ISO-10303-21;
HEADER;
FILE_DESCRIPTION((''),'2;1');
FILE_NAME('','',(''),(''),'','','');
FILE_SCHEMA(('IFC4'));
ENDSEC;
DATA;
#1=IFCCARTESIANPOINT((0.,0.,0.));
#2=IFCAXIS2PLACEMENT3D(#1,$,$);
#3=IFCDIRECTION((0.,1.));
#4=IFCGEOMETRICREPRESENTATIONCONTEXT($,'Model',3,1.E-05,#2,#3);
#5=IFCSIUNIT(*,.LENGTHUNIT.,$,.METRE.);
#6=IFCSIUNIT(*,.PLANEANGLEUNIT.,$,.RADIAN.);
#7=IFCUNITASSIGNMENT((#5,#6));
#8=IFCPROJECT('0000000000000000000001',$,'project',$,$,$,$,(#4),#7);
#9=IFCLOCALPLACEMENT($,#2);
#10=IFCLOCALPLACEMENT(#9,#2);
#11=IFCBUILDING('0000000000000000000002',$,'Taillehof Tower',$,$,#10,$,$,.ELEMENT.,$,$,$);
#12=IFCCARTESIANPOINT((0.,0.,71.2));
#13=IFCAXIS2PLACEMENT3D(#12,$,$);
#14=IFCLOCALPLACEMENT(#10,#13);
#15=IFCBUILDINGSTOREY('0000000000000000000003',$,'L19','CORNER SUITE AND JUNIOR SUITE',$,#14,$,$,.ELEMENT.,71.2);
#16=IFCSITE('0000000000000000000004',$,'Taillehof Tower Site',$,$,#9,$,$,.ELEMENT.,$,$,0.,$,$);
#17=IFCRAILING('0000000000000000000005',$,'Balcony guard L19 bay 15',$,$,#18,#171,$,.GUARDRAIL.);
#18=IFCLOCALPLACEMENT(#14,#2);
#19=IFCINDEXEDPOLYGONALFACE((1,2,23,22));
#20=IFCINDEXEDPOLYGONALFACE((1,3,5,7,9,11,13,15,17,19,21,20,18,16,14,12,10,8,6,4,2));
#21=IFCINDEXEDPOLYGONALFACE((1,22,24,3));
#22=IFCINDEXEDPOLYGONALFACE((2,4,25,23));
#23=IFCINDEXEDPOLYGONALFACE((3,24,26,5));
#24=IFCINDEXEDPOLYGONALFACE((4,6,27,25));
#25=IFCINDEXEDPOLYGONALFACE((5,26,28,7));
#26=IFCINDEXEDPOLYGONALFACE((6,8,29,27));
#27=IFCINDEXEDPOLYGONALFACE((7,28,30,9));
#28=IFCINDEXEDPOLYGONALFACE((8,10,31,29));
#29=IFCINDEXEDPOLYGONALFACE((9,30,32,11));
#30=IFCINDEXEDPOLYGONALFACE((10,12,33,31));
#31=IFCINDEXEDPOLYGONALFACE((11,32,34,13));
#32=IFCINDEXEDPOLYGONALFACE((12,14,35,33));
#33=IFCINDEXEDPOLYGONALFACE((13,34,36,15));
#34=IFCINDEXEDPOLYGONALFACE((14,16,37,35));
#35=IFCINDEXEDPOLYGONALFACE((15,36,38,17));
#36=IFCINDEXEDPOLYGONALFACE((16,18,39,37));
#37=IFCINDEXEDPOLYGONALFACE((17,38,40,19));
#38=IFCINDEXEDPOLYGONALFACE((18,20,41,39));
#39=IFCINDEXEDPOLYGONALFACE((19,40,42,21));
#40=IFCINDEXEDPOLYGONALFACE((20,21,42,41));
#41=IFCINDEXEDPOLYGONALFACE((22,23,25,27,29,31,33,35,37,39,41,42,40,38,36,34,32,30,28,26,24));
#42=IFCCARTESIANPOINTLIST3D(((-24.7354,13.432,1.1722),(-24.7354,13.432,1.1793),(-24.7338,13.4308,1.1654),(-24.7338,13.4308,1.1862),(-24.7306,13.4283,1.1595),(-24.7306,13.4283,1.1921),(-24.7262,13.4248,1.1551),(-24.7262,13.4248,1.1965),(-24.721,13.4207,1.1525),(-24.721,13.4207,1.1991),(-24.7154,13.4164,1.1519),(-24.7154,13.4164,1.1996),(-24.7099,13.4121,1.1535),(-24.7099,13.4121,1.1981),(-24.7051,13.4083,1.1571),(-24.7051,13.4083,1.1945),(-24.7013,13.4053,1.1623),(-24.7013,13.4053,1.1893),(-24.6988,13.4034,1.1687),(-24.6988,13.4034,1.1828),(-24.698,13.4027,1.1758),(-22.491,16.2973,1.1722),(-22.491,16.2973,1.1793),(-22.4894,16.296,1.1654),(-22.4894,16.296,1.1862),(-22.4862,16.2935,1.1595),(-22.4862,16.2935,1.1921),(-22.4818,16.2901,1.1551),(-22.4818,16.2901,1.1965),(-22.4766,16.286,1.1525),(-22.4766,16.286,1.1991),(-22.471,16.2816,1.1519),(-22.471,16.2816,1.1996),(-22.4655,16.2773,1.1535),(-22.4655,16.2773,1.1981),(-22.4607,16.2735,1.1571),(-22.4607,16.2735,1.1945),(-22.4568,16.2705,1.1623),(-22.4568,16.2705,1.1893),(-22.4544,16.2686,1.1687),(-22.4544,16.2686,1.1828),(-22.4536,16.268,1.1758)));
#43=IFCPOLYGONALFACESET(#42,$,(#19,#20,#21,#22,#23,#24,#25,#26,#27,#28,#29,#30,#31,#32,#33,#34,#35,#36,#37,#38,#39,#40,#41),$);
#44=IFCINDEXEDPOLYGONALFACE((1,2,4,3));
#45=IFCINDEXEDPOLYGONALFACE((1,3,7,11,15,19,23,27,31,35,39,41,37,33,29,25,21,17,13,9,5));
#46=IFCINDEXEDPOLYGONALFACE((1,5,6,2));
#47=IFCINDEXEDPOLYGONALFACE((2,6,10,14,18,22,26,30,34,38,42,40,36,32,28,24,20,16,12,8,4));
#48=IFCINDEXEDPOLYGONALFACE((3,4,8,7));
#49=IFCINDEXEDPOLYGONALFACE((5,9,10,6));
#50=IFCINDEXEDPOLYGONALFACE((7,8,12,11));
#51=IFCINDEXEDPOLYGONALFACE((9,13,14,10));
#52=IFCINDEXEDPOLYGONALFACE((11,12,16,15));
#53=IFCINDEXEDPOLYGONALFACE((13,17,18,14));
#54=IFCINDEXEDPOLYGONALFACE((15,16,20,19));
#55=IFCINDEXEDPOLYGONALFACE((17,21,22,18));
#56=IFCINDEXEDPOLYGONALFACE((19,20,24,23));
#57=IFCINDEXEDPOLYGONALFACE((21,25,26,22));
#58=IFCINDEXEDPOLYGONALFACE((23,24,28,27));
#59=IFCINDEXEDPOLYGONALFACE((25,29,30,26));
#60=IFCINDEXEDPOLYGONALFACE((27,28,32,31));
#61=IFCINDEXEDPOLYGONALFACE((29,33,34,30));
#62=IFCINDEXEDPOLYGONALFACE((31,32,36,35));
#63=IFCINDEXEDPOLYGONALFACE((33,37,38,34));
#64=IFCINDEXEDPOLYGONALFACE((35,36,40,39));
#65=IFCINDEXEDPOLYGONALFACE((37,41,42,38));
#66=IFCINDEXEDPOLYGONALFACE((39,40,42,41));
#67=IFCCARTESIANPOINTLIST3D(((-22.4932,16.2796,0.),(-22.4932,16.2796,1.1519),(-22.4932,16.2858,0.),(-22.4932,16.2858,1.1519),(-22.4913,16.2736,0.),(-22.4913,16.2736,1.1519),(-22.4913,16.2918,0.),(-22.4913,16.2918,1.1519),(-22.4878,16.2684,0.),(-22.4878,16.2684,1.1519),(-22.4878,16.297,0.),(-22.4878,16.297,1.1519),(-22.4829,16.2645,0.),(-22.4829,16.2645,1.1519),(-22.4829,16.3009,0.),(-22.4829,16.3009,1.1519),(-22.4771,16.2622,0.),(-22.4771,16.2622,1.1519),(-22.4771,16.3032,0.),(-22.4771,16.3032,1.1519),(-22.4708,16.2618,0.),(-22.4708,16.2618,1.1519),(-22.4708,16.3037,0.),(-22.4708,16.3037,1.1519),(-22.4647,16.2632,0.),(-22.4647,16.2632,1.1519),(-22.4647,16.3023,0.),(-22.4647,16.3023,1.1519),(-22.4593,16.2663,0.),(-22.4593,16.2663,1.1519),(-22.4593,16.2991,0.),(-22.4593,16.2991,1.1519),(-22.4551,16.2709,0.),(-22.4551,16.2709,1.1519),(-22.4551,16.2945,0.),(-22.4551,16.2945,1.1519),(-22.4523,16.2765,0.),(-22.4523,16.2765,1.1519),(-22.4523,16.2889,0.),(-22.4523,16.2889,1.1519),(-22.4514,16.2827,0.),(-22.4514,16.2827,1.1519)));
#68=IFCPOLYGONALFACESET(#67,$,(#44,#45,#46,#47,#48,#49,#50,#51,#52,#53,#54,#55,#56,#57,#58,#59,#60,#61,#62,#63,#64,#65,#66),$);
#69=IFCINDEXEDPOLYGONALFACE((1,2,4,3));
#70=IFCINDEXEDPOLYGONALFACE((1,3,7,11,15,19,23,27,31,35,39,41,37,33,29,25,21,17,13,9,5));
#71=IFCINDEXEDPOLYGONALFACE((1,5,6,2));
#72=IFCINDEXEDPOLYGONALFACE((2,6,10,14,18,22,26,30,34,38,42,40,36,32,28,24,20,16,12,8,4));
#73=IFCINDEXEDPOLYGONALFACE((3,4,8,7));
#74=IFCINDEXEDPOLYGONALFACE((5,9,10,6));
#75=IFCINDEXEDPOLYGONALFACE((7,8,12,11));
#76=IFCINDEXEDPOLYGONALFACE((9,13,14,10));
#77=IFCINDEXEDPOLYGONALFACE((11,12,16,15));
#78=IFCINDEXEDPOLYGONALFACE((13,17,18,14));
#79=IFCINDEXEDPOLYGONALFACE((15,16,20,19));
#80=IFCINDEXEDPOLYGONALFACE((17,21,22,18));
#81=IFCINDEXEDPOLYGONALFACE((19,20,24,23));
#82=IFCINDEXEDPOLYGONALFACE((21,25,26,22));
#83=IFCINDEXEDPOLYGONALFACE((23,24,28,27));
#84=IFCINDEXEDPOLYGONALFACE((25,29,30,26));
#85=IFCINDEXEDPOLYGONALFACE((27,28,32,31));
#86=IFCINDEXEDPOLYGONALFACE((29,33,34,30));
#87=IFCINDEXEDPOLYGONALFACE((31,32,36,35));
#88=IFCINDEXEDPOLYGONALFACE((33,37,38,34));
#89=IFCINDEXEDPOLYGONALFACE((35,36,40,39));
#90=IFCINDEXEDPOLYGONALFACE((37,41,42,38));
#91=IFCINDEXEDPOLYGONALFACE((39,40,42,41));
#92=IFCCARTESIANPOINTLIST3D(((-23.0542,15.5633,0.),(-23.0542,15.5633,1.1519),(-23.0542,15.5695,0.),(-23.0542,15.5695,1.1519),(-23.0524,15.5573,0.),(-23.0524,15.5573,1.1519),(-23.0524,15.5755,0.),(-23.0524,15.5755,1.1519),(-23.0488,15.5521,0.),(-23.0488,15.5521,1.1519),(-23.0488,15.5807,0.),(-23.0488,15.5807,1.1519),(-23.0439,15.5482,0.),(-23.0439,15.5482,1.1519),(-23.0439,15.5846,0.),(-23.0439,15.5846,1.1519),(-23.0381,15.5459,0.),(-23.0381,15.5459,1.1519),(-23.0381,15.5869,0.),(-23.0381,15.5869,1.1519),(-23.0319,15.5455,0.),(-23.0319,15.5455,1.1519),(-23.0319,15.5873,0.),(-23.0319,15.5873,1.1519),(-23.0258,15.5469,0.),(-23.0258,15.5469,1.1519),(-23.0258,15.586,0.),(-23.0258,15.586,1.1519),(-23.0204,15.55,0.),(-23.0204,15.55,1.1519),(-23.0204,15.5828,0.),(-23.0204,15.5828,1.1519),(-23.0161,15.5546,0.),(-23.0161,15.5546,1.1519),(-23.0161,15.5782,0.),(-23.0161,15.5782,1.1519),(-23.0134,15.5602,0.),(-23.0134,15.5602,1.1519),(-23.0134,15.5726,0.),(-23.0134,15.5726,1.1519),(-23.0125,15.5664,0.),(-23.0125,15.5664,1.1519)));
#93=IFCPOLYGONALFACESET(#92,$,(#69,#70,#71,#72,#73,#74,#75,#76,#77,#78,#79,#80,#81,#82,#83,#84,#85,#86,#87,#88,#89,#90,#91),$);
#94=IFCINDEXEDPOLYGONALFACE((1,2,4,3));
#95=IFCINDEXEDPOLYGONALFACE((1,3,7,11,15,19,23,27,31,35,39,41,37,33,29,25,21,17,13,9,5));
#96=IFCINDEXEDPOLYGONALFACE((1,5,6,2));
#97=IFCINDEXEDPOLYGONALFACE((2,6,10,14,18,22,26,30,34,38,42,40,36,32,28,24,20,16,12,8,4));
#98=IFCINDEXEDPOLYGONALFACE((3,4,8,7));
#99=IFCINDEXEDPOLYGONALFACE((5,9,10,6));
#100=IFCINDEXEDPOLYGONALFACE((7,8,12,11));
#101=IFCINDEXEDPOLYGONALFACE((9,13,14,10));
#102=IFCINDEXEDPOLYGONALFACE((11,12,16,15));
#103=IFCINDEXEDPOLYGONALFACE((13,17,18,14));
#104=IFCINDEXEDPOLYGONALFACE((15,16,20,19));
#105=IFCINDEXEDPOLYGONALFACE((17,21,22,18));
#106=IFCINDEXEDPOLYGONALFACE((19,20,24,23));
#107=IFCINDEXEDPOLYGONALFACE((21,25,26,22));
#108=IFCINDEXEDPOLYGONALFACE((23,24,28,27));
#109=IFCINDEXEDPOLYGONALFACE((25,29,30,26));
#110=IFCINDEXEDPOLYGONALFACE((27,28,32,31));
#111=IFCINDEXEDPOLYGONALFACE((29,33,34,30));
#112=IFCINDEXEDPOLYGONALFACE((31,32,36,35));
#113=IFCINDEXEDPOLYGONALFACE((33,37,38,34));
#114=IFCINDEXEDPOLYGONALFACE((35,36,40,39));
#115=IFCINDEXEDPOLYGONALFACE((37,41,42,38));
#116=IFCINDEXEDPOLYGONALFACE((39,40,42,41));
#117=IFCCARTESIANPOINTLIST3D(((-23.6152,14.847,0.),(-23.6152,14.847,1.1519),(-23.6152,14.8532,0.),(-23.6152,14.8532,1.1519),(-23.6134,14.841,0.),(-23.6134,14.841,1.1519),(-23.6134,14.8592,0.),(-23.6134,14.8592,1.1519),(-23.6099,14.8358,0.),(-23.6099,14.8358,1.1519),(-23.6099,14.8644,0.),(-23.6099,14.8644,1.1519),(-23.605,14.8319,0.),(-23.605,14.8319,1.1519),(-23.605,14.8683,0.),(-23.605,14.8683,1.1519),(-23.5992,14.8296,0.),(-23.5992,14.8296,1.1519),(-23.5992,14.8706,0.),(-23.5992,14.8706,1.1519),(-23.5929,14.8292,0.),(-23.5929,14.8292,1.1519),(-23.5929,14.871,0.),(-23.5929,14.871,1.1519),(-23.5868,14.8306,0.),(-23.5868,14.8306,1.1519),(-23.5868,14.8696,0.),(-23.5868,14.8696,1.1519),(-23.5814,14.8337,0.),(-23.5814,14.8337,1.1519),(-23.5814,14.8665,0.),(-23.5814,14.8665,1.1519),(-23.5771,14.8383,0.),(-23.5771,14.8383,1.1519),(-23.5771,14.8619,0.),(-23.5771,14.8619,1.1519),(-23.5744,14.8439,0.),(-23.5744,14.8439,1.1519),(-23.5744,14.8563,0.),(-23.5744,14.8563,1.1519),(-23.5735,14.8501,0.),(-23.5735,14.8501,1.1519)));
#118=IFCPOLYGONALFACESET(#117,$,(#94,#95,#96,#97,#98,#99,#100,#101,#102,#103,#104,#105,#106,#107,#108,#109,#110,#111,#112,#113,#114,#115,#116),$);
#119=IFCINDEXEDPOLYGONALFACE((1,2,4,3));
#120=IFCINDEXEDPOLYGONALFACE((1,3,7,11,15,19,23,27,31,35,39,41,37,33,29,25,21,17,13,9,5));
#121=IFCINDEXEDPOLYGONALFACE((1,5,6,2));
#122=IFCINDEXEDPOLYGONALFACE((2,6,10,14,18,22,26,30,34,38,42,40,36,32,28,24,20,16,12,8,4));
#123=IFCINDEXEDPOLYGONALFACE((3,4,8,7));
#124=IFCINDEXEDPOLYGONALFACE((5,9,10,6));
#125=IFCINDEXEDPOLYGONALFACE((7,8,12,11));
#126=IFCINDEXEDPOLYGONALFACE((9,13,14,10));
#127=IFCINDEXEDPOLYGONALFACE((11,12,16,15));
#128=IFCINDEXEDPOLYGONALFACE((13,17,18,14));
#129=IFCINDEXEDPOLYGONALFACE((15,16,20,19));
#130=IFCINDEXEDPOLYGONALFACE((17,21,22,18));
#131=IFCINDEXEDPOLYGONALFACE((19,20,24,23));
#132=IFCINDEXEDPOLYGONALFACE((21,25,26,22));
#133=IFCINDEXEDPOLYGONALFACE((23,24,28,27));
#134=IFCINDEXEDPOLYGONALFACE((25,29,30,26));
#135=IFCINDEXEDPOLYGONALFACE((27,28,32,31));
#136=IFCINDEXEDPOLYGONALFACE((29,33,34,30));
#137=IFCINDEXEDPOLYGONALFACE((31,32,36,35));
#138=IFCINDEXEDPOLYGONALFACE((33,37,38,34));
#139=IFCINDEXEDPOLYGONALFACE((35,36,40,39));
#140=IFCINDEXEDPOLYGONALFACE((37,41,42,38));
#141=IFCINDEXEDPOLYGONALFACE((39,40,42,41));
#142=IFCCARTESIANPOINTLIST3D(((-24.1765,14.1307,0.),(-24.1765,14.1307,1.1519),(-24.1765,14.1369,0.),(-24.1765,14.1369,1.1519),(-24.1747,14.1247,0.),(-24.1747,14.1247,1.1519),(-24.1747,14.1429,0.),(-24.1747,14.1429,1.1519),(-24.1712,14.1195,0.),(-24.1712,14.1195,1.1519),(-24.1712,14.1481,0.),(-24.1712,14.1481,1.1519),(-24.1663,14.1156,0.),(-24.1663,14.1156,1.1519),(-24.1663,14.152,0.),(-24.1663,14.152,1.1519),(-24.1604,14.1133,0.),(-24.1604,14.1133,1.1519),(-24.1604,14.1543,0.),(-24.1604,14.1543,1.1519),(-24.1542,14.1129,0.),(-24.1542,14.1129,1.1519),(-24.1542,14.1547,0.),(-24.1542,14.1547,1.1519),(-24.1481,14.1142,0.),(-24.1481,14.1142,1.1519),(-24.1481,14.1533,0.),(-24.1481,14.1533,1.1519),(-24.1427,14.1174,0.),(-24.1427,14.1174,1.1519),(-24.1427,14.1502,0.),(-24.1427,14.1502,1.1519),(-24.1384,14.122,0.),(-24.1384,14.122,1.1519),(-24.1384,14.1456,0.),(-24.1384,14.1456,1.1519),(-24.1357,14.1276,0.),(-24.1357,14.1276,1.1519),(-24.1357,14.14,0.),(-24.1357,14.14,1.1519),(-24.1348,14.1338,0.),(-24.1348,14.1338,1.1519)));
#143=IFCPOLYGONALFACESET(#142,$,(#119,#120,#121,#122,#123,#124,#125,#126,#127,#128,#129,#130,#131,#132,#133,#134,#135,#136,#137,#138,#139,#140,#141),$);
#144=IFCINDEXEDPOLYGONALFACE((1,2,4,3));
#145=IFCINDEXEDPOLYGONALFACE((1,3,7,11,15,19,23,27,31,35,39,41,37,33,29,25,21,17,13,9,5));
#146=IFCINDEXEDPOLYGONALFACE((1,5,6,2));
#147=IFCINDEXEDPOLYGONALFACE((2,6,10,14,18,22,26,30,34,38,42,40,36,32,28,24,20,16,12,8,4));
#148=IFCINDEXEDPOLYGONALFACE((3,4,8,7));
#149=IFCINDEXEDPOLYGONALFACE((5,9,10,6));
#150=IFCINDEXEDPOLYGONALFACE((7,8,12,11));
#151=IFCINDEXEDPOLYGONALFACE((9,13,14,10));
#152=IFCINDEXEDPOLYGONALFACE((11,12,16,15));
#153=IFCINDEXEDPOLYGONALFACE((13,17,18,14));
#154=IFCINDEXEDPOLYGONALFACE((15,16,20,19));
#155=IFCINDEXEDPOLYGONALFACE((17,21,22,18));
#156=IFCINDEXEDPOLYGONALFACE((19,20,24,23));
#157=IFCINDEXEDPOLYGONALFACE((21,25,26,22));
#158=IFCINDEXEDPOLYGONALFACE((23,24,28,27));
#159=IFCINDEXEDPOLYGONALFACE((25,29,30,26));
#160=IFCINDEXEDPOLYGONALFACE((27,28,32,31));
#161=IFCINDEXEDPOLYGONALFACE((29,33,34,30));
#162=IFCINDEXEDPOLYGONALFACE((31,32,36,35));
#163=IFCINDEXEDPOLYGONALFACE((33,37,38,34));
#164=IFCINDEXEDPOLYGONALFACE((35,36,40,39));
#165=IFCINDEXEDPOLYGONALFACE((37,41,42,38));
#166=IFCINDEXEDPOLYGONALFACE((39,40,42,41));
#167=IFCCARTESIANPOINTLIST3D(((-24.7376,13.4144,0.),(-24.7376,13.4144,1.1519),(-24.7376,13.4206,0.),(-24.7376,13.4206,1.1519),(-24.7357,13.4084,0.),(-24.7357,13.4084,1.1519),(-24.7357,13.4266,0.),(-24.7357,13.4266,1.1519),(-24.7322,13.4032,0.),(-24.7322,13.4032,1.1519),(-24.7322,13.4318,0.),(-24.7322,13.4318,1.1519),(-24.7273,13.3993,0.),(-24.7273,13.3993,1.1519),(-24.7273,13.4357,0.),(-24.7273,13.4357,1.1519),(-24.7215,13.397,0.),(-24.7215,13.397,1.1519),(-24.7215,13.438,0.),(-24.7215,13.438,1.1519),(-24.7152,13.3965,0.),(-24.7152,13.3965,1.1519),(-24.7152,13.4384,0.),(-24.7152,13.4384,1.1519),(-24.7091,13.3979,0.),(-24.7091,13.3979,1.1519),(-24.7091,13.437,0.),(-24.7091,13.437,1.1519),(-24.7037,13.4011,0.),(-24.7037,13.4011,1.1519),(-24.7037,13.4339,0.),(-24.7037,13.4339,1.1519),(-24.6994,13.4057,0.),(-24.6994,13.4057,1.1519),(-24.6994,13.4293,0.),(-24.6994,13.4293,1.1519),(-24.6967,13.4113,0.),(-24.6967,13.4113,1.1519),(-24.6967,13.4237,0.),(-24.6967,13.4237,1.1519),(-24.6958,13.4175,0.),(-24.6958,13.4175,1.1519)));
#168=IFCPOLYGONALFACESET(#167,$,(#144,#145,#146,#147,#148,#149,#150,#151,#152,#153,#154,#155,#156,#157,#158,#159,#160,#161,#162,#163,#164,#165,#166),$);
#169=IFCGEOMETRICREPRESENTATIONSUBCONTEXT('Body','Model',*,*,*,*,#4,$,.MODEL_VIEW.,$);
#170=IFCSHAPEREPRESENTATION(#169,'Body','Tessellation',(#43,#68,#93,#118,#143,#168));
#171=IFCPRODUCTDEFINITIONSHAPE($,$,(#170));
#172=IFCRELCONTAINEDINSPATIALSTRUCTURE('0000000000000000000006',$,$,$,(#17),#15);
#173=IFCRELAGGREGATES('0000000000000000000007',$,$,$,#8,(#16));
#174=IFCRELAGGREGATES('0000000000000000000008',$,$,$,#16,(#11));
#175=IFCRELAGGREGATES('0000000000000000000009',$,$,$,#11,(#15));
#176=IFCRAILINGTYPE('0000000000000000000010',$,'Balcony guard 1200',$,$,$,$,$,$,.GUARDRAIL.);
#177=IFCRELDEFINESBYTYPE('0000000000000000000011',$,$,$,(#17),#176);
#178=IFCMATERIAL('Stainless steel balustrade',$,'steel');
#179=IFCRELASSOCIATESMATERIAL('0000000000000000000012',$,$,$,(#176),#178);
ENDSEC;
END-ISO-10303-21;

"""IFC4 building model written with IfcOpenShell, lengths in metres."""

from ifc_helpers import new_model, si_unit, direction, frame, origin, origin_2d, place, context, subcontext, project, spatial, circle, extrude, material, type_object, element, save


model = new_model("IFC4")

# Units and contexts
model_context = context("Model", 3, precision=1e-05, world=origin(), true_north=direction((0.0, 1.0)))
body_context = subcontext(model_context, "Body", "Model", "MODEL_VIEW")
ifc_project = project(units=[si_unit("LENGTHUNIT", "METRE"), si_unit("PLANEANGLEUNIT", "RADIAN")], contexts=[model_context])

# Site, building, storey
site_placement = place(None, origin())
site = spatial("IfcSite", under=ifc_project, at=site_placement, Name="Taillehof Tower Site", CompositionType="ELEMENT", RefElevation=0.0)
building_placement = place(site_placement, origin())
building = spatial("IfcBuilding", under=site, at=building_placement, Name="Taillehof Tower", CompositionType="ELEMENT")
storey_placement = place(building_placement, frame((0.0, 0.0, 71.2)))
storey = spatial("IfcBuildingStorey", under=building, at=storey_placement, Name="L19", Description="CORNER SUITE AND JUNIOR SUITE", CompositionType="ELEMENT", Elevation=71.2)

# Railing
ifc_material_1 = material(Name="Stainless steel balustrade", Category="steel")
railing_type = type_object("IfcRailingType", Name="Balcony guard 1200", PredefinedType="GUARDRAIL", material=ifc_material_1)
railing_1_placement = place(storey_placement, frame((-22.4724, 16.2827, 0.0)))
element("IfcRailing", 1, at=railing_1_placement, inside=storey, type_object=railing_type, Name="Balcony guard L19 bay 15", PredefinedType="GUARDRAIL", context=body_context, shape_type="SweptSolid", body=[
    extrude(circle(Radius=0.0239, at=origin_2d()), frame((0.0, 0.0, 1.1758), z_axis=(-0.616654, -0.787235, 0.0), x_axis=(0.787235, -0.616654, 0.0)), (0.0, 0.0, 1.0), 3.6396),
    extrude(circle(Radius=0.021, at=origin_2d()), origin(), (0.0, 0.0, 1.0), 1.1519),
    extrude(circle(Radius=0.021, at=origin_2d()), frame((-0.561, -0.7163, 0.0)), (0.0, 0.0, 1.0), 1.1519),
    extrude(circle(Radius=0.021, at=origin_2d()), frame((-1.1221, -1.4326, 0.0)), (0.0, 0.0, 1.0), 1.1519),
    extrude(circle(Radius=0.021, at=origin_2d()), frame((-1.6833, -2.1489, 0.0)), (0.0, 0.0, 1.0), 1.1519),
    extrude(circle(Radius=0.021, at=origin_2d()), frame((-2.2444, -2.8652, 0.0)), (0.0, 0.0, 1.0), 1.1519),
])

save(model, "model.ifc")
